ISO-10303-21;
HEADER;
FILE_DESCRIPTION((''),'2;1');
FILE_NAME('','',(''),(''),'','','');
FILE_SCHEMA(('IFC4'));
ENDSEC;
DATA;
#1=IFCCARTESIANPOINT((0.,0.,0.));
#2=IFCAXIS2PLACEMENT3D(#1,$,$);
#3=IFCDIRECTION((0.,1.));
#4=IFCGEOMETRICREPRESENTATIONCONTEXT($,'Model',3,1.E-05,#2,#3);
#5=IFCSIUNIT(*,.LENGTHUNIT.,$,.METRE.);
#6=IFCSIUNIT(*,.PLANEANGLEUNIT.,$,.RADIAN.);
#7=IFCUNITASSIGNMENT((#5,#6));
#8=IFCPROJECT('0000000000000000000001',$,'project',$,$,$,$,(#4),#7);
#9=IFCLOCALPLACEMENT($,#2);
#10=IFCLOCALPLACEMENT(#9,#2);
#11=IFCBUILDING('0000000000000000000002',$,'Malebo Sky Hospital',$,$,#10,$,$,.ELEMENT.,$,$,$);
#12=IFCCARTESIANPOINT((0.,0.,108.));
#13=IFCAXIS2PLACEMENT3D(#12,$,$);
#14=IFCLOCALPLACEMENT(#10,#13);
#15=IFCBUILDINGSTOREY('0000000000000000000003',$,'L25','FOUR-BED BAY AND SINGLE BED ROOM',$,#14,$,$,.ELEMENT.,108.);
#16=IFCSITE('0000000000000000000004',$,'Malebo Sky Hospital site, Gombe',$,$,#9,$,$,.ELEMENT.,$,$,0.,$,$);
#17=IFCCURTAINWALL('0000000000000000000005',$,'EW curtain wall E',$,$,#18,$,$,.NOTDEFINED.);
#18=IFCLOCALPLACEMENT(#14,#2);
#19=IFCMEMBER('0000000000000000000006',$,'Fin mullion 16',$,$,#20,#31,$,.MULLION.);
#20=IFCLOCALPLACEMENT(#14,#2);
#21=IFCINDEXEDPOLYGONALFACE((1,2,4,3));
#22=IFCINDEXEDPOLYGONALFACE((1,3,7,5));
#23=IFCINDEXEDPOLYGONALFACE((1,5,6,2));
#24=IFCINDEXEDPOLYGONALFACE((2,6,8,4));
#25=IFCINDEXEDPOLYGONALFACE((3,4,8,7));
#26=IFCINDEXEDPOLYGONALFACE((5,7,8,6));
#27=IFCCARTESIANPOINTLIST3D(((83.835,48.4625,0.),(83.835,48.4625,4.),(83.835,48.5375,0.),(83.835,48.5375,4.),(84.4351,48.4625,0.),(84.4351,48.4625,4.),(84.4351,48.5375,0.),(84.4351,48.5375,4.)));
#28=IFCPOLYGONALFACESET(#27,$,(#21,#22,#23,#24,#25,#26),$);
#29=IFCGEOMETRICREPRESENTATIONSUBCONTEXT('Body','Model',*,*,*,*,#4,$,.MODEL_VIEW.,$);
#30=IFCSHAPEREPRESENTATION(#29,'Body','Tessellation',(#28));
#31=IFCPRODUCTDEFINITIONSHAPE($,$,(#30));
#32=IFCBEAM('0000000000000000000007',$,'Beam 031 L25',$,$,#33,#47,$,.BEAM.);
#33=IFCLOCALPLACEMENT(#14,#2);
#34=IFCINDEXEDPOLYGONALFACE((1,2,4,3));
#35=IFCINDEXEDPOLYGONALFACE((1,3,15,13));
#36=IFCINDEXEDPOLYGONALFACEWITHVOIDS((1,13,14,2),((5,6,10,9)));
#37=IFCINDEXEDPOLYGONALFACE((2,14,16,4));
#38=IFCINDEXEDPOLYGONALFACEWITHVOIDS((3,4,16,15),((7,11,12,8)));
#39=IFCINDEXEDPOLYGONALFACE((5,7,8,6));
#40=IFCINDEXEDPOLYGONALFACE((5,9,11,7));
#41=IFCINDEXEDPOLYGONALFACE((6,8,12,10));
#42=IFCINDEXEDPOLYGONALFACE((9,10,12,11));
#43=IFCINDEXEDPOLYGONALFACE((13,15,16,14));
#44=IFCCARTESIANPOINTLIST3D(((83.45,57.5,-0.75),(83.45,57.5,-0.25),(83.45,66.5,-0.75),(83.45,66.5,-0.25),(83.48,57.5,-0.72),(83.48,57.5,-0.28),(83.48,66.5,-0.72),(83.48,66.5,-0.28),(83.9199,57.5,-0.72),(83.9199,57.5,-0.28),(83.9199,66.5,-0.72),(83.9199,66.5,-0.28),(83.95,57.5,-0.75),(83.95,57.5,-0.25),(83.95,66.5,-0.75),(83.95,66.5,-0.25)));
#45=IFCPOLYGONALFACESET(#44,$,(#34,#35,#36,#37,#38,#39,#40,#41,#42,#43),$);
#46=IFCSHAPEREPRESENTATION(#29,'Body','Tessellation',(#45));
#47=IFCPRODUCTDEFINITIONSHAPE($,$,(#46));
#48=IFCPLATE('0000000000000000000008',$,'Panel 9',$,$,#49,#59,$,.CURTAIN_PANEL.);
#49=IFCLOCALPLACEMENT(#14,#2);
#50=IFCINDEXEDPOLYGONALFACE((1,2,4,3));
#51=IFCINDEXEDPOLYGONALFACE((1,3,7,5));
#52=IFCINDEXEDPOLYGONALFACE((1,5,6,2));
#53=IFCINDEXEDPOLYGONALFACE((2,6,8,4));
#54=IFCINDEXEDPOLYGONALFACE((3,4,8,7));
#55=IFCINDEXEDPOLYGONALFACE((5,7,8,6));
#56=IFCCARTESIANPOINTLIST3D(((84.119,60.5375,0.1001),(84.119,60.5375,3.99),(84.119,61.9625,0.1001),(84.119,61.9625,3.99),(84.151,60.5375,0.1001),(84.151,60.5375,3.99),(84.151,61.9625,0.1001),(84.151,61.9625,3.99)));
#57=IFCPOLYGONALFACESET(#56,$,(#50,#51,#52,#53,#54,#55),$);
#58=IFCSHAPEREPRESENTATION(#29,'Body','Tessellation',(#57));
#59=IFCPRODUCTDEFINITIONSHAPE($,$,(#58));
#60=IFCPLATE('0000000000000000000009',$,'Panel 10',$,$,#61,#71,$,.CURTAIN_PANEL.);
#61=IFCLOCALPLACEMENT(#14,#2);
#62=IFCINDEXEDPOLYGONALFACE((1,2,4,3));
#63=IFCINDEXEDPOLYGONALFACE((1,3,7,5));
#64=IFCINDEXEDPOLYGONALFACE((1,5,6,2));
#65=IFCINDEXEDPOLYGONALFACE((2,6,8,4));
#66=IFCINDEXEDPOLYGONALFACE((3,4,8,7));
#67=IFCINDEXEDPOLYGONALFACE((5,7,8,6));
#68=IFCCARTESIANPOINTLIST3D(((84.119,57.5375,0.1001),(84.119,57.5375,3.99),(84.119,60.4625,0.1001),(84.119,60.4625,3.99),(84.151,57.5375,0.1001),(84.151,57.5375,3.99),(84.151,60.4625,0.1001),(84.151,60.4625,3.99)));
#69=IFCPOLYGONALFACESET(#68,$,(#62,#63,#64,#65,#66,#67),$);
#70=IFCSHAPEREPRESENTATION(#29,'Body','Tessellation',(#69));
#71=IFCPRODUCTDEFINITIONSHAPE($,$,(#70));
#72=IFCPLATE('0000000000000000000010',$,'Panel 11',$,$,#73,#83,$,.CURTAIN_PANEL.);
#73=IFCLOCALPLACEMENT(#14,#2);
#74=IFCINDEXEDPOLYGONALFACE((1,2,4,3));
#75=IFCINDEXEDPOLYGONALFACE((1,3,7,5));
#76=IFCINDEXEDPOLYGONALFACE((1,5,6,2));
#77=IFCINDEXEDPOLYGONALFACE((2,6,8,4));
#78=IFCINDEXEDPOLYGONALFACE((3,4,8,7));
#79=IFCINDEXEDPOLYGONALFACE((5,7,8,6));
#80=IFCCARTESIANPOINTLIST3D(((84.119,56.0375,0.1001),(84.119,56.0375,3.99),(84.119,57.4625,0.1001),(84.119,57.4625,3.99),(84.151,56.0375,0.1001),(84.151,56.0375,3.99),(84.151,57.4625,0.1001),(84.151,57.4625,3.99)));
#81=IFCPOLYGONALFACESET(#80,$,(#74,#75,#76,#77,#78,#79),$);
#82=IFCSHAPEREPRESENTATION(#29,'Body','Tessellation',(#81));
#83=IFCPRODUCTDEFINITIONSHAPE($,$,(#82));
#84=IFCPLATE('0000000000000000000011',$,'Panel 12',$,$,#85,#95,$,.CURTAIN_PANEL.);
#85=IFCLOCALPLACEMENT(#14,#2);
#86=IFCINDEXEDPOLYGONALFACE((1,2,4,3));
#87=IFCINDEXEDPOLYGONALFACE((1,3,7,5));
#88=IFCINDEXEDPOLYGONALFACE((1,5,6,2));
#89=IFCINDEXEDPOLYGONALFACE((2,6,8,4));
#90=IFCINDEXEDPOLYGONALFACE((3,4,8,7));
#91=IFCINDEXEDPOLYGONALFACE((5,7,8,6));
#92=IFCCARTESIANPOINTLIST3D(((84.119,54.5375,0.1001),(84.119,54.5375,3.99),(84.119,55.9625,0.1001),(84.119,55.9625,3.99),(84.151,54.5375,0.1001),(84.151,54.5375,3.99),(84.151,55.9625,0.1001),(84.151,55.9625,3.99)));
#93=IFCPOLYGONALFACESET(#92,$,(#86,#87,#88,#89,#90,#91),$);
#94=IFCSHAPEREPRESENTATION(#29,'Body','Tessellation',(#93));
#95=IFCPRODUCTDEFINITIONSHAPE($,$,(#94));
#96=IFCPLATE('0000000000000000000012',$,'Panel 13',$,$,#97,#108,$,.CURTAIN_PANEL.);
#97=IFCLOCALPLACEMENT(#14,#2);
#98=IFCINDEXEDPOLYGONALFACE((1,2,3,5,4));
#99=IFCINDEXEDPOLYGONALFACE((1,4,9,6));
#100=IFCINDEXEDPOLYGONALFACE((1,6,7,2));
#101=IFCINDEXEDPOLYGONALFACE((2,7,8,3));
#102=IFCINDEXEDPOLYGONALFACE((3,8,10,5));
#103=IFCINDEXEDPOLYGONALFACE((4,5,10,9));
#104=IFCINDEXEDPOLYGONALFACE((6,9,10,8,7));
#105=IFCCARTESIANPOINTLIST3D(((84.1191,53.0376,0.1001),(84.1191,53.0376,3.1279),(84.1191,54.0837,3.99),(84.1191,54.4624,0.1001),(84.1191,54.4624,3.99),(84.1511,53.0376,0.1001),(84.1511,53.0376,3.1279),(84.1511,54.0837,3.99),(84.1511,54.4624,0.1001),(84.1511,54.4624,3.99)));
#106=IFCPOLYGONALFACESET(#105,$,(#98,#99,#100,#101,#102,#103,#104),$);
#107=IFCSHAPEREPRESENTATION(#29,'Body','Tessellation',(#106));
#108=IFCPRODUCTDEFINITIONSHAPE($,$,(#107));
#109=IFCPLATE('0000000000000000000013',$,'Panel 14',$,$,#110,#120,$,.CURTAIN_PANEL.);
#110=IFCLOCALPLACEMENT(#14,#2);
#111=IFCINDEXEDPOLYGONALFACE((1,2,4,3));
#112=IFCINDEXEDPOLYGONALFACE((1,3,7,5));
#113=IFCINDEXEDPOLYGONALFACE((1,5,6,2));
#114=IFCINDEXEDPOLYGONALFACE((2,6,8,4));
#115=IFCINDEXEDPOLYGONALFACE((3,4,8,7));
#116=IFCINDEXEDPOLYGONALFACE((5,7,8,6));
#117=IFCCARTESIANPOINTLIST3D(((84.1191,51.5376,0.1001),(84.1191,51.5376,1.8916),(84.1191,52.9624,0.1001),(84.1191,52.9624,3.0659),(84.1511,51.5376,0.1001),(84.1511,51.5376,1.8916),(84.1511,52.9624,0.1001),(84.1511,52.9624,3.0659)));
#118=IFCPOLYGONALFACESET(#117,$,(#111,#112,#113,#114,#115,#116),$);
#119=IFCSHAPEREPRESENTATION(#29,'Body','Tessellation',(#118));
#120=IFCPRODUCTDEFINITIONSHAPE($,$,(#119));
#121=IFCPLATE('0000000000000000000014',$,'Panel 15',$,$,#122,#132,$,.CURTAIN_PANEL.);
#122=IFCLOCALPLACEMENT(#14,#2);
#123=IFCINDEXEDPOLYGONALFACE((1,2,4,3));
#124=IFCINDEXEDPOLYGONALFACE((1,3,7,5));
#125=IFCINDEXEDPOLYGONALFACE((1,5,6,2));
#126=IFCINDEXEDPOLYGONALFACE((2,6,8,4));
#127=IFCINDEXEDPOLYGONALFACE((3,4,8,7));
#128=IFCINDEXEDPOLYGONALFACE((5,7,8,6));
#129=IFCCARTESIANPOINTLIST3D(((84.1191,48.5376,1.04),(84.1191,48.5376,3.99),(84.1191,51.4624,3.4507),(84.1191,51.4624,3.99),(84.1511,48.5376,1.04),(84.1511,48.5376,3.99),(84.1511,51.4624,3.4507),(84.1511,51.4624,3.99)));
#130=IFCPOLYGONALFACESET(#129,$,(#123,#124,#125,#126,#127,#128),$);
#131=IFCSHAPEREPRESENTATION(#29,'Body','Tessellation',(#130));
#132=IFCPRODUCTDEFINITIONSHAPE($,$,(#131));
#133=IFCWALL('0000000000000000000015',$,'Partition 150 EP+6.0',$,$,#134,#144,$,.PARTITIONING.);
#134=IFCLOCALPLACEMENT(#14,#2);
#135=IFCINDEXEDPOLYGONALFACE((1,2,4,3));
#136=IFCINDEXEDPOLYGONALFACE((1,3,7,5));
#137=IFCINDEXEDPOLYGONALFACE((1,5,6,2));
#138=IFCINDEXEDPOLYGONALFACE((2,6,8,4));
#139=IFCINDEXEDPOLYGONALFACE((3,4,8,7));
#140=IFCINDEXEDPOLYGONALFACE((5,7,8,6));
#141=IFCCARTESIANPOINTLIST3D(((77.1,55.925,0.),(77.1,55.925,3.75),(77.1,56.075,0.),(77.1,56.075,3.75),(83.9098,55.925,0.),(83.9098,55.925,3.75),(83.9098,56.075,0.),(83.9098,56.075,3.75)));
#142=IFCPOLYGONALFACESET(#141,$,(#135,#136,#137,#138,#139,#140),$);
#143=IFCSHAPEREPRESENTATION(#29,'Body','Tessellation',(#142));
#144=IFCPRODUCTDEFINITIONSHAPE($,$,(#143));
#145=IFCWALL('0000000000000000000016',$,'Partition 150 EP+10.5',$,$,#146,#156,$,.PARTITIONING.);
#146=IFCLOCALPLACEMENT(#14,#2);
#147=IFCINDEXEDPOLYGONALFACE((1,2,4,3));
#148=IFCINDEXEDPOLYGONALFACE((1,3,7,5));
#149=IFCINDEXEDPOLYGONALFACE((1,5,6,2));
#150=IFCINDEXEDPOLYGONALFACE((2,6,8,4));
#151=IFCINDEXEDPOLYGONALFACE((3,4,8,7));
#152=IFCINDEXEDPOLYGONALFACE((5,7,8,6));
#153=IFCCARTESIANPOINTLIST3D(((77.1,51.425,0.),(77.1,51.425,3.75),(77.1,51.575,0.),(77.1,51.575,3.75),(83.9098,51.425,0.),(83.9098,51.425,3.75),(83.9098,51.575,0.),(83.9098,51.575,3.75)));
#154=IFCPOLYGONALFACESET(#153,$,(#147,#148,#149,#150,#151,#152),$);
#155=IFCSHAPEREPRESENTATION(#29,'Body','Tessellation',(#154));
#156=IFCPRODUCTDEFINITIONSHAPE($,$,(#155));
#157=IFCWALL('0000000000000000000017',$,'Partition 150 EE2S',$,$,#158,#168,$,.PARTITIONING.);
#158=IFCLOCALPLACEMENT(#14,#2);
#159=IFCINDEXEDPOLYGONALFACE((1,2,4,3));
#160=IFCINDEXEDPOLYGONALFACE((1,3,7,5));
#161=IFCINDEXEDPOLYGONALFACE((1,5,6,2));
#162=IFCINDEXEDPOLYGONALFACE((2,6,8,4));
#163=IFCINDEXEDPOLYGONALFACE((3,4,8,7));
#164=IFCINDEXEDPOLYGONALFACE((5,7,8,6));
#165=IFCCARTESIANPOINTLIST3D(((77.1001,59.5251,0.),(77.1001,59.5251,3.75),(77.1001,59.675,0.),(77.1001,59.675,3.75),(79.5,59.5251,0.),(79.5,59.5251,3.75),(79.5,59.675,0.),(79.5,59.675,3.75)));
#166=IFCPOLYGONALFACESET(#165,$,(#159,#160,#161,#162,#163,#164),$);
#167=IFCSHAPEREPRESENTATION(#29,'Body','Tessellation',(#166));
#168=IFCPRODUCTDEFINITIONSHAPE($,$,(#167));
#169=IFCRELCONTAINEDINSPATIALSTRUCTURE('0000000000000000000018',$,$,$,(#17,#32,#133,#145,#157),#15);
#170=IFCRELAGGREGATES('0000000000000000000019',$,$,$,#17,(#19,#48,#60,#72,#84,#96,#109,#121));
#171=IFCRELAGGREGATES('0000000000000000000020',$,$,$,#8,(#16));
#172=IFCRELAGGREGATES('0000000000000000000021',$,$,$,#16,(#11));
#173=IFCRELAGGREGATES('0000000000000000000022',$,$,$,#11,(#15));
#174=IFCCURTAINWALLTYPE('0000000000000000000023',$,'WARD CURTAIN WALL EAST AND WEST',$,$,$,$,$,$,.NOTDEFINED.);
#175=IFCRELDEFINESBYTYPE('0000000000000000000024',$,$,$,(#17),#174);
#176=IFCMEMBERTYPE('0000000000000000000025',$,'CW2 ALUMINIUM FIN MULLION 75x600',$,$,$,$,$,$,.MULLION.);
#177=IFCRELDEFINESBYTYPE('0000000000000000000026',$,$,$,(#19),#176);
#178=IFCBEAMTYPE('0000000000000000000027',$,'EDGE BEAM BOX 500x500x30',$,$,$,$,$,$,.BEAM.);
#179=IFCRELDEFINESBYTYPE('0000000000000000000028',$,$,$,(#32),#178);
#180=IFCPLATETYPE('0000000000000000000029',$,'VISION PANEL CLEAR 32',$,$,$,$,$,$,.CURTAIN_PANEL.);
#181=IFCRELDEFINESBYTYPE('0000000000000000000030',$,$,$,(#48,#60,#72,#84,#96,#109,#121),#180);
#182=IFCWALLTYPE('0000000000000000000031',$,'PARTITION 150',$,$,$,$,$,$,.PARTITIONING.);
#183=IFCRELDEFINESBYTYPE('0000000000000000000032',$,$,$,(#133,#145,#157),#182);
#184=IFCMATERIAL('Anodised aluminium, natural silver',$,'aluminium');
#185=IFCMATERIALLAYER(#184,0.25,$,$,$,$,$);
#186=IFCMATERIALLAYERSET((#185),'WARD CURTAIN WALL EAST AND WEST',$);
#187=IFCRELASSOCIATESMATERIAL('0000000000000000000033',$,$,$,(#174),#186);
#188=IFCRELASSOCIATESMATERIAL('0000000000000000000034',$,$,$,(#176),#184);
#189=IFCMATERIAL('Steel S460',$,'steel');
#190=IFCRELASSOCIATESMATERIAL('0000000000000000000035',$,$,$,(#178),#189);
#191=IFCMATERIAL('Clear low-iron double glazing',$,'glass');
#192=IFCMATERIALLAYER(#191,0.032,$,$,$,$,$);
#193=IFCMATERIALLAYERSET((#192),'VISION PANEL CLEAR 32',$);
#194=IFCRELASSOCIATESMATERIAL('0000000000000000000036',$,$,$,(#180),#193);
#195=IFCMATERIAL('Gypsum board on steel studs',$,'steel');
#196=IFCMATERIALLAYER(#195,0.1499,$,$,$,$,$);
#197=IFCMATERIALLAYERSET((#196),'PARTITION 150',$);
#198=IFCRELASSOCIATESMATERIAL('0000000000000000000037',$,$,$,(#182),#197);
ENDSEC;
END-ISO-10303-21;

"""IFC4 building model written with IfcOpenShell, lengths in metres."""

from ifc_helpers import new_model, si_unit, direction, frame, frame_2d, origin, origin_2d, place, context, subcontext, project, spatial, polyline, rectangle, hollow_rectangle, outline, extrude, material, layer, layer_set, material_profile, profile_set, type_object, element, aggregate, save


model = new_model("IFC4")

# Units and contexts
model_context = context("Model", 3, precision=1e-05, world=origin(), true_north=direction((0.0, 1.0)))
body_context = subcontext(model_context, "Body", "Model", "MODEL_VIEW")
ifc_project = project(units=[si_unit("LENGTHUNIT", "METRE"), si_unit("PLANEANGLEUNIT", "RADIAN")], contexts=[model_context])

# Site, building, storey
site_placement = place(None, origin())
site = spatial("IfcSite", under=ifc_project, at=site_placement, Name="Malebo Sky Hospital site, Gombe", CompositionType="ELEMENT", RefElevation=0.0)
building_placement = place(site_placement, origin())
building = spatial("IfcBuilding", under=site, at=building_placement, Name="Malebo Sky Hospital", CompositionType="ELEMENT")
storey_placement = place(building_placement, frame((0.0, 0.0, 108.0)))
storey = spatial("IfcBuildingStorey", under=building, at=storey_placement, Name="L25", Description="FOUR-BED BAY AND SINGLE BED ROOM", CompositionType="ELEMENT", Elevation=108.0)

# Shared definitions
ifc_material_1 = material(Name="Steel S460", Category="steel")

# Curtain wall, member
ifc_material_2 = material(Name="Anodised aluminium, natural silver", Category="aluminium")
ifc_layer_1 = layer(ifc_material_2, 0.25)
ifc_layer_set_1 = layer_set([ifc_layer_1], Name="WARD CURTAIN WALL EAST AND WEST")
curtain_wall_type = type_object("IfcCurtainWallType", Name="WARD CURTAIN WALL EAST AND WEST", PredefinedType="NOTDEFINED", material=ifc_layer_set_1)
curtain_wall_placement = place(storey_placement, origin())
curtain_wall = element("IfcCurtainWall", 1, at=curtain_wall_placement, inside=storey, type_object=curtain_wall_type, Name="EW curtain wall E", PredefinedType="NOTDEFINED")
ifc_material_profile_1 = material_profile(ifc_material_2, rectangle(XDim=0.075, YDim=0.6001, at=origin_2d()), Name="CW2 ALUMINIUM FIN MULLION 75x600")
ifc_profile_set_1 = profile_set([ifc_material_profile_1], Name="Anodised aluminium, natural silver")
member_type_1 = type_object("IfcMemberType", Name="CW2 ALUMINIUM FIN MULLION 75x600", PredefinedType="MULLION", material=ifc_profile_set_1)
member_1_placement = place(storey_placement, frame((84.135, 48.5, 0.0), z_axis=(0.0, 0.0, 1.0), x_axis=(0.0, -1.0, 0.0)))
member_1 = element("IfcMember", 2, at=member_1_placement, type_object=member_type_1, Name="Fin mullion 16", PredefinedType="MULLION", context=body_context, shape_type="SweptSolid", body=[
    extrude(rectangle(XDim=0.075, YDim=0.6001, at=origin_2d()), origin(), (0.0, 0.0, 1.0), 4.0),
])

# Beam
ifc_material_profile_2 = material_profile(ifc_material_1, hollow_rectangle(XDim=0.5, YDim=0.5, WallThickness=0.03, at=origin_2d()), Name="BOX 500x500x30")
ifc_profile_set_2 = profile_set([ifc_material_profile_2], Name="Steel S460")
beam_type = type_object("IfcBeamType", Name="EDGE BEAM BOX 500x500x30", PredefinedType="BEAM", material=ifc_profile_set_2)
beam_placement = place(storey_placement, frame((83.7, 57.5, -0.5), z_axis=(0.0, 1.0, 0.0), x_axis=(-1.0, 0.0, 0.0)))
element("IfcBeam", 3, at=beam_placement, inside=storey, type_object=beam_type, Name="Beam 031 L25", PredefinedType="BEAM", context=body_context, shape_type="SweptSolid", body=[
    extrude(hollow_rectangle(XDim=0.5, YDim=0.5, WallThickness=0.03, at=origin_2d()), origin(), (0.0, 0.0, 1.0), 9.0),
])

# Plates
ifc_material_3 = material(Name="Clear low-iron double glazing", Category="glass")
ifc_layer_2 = layer(ifc_material_3, 0.032)
ifc_layer_set_2 = layer_set([ifc_layer_2], Name="VISION PANEL CLEAR 32")
plate_type = type_object("IfcPlateType", Name="VISION PANEL CLEAR 32", PredefinedType="CURTAIN_PANEL", material=ifc_layer_set_2)
plate_1_placement = place(storey_placement, frame((84.135, 61.25, 0.1001), z_axis=(0.0, 0.0, 1.0), x_axis=(0.0, -1.0, 0.0)))
plate_1 = element("IfcPlate", 4, at=plate_1_placement, type_object=plate_type, Name="Panel 9", PredefinedType="CURTAIN_PANEL", context=body_context, shape_type="SweptSolid", body=[
    extrude(rectangle(XDim=1.425, YDim=0.032, at=origin_2d()), origin(), (0.0, 0.0, 1.0), 3.8899),
])
plate_2_placement = place(storey_placement, frame((84.135, 59.0, 0.1001), z_axis=(0.0, 0.0, 1.0), x_axis=(0.0, -1.0, 0.0)))
plate_2 = element("IfcPlate", 5, at=plate_2_placement, type_object=plate_type, Name="Panel 10", PredefinedType="CURTAIN_PANEL", context=body_context, shape_type="SweptSolid", body=[
    extrude(rectangle(XDim=2.925, YDim=0.032, at=origin_2d()), origin(), (0.0, 0.0, 1.0), 3.8899),
])
plate_3_placement = place(storey_placement, frame((84.135, 56.75, 0.1001), z_axis=(0.0, 0.0, 1.0), x_axis=(0.0, -1.0, 0.0)))
plate_3 = element("IfcPlate", 6, at=plate_3_placement, type_object=plate_type, Name="Panel 11", PredefinedType="CURTAIN_PANEL", context=body_context, shape_type="SweptSolid", body=[
    extrude(rectangle(XDim=1.425, YDim=0.032, at=origin_2d()), origin(), (0.0, 0.0, 1.0), 3.8899),
])
plate_4_placement = place(storey_placement, frame((84.135, 55.25, 0.1001), z_axis=(0.0, 0.0, 1.0), x_axis=(0.0, -1.0, 0.0)))
plate_4 = element("IfcPlate", 7, at=plate_4_placement, type_object=plate_type, Name="Panel 12", PredefinedType="CURTAIN_PANEL", context=body_context, shape_type="SweptSolid", body=[
    extrude(rectangle(XDim=1.425, YDim=0.032, at=origin_2d()), origin(), (0.0, 0.0, 1.0), 3.8899),
])
plate_5_placement = place(storey_placement, frame((84.135, 53.75, 0.1001), z_axis=(0.0, 0.0, 1.0), x_axis=(0.0, -1.0, 0.0)))
plate_5 = element("IfcPlate", 8, at=plate_5_placement, type_object=plate_type, Name="Panel 13", PredefinedType="CURTAIN_PANEL", context=body_context, shape_type="SweptSolid", body=[
    extrude(outline(polyline([(-0.7124, 0.0), (0.7124, 0.0), (0.7124, 3.0278), (-0.3337, 3.8899), (-0.7124, 3.8899), (-0.7124, 0.0)])), frame((0.0, 0.0161, 0.0), z_axis=(0.0, -1.0, 0.0), x_axis=(1.0, 0.0, 0.0)), (0.0, 0.0, 1.0), 0.032),
])
plate_6_placement = place(storey_placement, frame((84.135, 52.25, 0.1001), z_axis=(0.0, 0.0, 1.0), x_axis=(0.0, -1.0, 0.0)))
plate_6 = element("IfcPlate", 9, at=plate_6_placement, type_object=plate_type, Name="Panel 14", PredefinedType="CURTAIN_PANEL", context=body_context, shape_type="SweptSolid", body=[
    extrude(outline(polyline([(-0.7124, 0.0), (0.7124, 0.0), (0.7124, 1.7915), (-0.7124, 2.9658), (-0.7124, 0.0)])), frame((0.0, 0.0161, 0.0), z_axis=(0.0, -1.0, 0.0), x_axis=(1.0, 0.0, 0.0)), (0.0, 0.0, 1.0), 0.032),
])
plate_7_placement = place(storey_placement, frame((84.135, 50.0, 1.04), z_axis=(0.0, 0.0, 1.0), x_axis=(0.0, -1.0, 0.0)))
plate_7 = element("IfcPlate", 10, at=plate_7_placement, type_object=plate_type, Name="Panel 15", PredefinedType="CURTAIN_PANEL", context=body_context, shape_type="SweptSolid", body=[
    extrude(outline(polyline([(1.4624, 0.0), (1.4624, 2.95), (-1.4624, 2.95), (-1.4624, 2.4106), (1.4624, 0.0)])), frame((0.0, 0.0161, 0.0), z_axis=(0.0, -1.0, 0.0), x_axis=(1.0, 0.0, 0.0)), (0.0, 0.0, 1.0), 0.032),
])
aggregate(curtain_wall, [member_1, plate_1, plate_2, plate_3, plate_4, plate_5, plate_6, plate_7])

# Walls
ifc_material_4 = material(Name="Gypsum board on steel studs", Category="steel")
ifc_layer_3 = layer(ifc_material_4, 0.1499)
ifc_layer_set_3 = layer_set([ifc_layer_3], Name="PARTITION 150")
wall_type = type_object("IfcWallType", Name="PARTITION 150", PredefinedType="PARTITIONING", material=ifc_layer_set_3)
for number, where, z_axis, x_axis, name in (
    (11, (77.1001, 56.0, 0.0), (0.0, 0.0, 1.0), (1.0, 0.0, 0.0), "Partition 150 EP+6.0"),
    (12, (77.1001, 51.5, 0.0), (0.0, 0.0, 1.0), (1.0, 0.0, 0.0), "Partition 150 EP+10.5"),
):
    element("IfcWall", number, at=place(storey_placement, frame(where, z_axis=z_axis, x_axis=x_axis)), inside=storey, type_object=wall_type, Name=name, PredefinedType="PARTITIONING", context=body_context, shape_type="SweptSolid", body=[
        extrude(rectangle(XDim=6.8098, YDim=0.1499, at=frame_2d((3.4048, 0.0))), origin(), (0.0, 0.0, 1.0), 3.75),
    ])
wall_1_placement = place(storey_placement, frame((77.1001, 59.6001, 0.0), z_axis=(0.0, 0.0, 1.0), x_axis=(1.0, 0.0, 0.0)))
element("IfcWall", 13, at=wall_1_placement, inside=storey, type_object=wall_type, Name="Partition 150 EE2S", PredefinedType="PARTITIONING", context=body_context, shape_type="SweptSolid", body=[
    extrude(rectangle(XDim=2.3999, YDim=0.1499, at=frame_2d((1.2, 0.0))), origin(), (0.0, 0.0, 1.0), 3.75),
])

save(model, "model.ifc")
